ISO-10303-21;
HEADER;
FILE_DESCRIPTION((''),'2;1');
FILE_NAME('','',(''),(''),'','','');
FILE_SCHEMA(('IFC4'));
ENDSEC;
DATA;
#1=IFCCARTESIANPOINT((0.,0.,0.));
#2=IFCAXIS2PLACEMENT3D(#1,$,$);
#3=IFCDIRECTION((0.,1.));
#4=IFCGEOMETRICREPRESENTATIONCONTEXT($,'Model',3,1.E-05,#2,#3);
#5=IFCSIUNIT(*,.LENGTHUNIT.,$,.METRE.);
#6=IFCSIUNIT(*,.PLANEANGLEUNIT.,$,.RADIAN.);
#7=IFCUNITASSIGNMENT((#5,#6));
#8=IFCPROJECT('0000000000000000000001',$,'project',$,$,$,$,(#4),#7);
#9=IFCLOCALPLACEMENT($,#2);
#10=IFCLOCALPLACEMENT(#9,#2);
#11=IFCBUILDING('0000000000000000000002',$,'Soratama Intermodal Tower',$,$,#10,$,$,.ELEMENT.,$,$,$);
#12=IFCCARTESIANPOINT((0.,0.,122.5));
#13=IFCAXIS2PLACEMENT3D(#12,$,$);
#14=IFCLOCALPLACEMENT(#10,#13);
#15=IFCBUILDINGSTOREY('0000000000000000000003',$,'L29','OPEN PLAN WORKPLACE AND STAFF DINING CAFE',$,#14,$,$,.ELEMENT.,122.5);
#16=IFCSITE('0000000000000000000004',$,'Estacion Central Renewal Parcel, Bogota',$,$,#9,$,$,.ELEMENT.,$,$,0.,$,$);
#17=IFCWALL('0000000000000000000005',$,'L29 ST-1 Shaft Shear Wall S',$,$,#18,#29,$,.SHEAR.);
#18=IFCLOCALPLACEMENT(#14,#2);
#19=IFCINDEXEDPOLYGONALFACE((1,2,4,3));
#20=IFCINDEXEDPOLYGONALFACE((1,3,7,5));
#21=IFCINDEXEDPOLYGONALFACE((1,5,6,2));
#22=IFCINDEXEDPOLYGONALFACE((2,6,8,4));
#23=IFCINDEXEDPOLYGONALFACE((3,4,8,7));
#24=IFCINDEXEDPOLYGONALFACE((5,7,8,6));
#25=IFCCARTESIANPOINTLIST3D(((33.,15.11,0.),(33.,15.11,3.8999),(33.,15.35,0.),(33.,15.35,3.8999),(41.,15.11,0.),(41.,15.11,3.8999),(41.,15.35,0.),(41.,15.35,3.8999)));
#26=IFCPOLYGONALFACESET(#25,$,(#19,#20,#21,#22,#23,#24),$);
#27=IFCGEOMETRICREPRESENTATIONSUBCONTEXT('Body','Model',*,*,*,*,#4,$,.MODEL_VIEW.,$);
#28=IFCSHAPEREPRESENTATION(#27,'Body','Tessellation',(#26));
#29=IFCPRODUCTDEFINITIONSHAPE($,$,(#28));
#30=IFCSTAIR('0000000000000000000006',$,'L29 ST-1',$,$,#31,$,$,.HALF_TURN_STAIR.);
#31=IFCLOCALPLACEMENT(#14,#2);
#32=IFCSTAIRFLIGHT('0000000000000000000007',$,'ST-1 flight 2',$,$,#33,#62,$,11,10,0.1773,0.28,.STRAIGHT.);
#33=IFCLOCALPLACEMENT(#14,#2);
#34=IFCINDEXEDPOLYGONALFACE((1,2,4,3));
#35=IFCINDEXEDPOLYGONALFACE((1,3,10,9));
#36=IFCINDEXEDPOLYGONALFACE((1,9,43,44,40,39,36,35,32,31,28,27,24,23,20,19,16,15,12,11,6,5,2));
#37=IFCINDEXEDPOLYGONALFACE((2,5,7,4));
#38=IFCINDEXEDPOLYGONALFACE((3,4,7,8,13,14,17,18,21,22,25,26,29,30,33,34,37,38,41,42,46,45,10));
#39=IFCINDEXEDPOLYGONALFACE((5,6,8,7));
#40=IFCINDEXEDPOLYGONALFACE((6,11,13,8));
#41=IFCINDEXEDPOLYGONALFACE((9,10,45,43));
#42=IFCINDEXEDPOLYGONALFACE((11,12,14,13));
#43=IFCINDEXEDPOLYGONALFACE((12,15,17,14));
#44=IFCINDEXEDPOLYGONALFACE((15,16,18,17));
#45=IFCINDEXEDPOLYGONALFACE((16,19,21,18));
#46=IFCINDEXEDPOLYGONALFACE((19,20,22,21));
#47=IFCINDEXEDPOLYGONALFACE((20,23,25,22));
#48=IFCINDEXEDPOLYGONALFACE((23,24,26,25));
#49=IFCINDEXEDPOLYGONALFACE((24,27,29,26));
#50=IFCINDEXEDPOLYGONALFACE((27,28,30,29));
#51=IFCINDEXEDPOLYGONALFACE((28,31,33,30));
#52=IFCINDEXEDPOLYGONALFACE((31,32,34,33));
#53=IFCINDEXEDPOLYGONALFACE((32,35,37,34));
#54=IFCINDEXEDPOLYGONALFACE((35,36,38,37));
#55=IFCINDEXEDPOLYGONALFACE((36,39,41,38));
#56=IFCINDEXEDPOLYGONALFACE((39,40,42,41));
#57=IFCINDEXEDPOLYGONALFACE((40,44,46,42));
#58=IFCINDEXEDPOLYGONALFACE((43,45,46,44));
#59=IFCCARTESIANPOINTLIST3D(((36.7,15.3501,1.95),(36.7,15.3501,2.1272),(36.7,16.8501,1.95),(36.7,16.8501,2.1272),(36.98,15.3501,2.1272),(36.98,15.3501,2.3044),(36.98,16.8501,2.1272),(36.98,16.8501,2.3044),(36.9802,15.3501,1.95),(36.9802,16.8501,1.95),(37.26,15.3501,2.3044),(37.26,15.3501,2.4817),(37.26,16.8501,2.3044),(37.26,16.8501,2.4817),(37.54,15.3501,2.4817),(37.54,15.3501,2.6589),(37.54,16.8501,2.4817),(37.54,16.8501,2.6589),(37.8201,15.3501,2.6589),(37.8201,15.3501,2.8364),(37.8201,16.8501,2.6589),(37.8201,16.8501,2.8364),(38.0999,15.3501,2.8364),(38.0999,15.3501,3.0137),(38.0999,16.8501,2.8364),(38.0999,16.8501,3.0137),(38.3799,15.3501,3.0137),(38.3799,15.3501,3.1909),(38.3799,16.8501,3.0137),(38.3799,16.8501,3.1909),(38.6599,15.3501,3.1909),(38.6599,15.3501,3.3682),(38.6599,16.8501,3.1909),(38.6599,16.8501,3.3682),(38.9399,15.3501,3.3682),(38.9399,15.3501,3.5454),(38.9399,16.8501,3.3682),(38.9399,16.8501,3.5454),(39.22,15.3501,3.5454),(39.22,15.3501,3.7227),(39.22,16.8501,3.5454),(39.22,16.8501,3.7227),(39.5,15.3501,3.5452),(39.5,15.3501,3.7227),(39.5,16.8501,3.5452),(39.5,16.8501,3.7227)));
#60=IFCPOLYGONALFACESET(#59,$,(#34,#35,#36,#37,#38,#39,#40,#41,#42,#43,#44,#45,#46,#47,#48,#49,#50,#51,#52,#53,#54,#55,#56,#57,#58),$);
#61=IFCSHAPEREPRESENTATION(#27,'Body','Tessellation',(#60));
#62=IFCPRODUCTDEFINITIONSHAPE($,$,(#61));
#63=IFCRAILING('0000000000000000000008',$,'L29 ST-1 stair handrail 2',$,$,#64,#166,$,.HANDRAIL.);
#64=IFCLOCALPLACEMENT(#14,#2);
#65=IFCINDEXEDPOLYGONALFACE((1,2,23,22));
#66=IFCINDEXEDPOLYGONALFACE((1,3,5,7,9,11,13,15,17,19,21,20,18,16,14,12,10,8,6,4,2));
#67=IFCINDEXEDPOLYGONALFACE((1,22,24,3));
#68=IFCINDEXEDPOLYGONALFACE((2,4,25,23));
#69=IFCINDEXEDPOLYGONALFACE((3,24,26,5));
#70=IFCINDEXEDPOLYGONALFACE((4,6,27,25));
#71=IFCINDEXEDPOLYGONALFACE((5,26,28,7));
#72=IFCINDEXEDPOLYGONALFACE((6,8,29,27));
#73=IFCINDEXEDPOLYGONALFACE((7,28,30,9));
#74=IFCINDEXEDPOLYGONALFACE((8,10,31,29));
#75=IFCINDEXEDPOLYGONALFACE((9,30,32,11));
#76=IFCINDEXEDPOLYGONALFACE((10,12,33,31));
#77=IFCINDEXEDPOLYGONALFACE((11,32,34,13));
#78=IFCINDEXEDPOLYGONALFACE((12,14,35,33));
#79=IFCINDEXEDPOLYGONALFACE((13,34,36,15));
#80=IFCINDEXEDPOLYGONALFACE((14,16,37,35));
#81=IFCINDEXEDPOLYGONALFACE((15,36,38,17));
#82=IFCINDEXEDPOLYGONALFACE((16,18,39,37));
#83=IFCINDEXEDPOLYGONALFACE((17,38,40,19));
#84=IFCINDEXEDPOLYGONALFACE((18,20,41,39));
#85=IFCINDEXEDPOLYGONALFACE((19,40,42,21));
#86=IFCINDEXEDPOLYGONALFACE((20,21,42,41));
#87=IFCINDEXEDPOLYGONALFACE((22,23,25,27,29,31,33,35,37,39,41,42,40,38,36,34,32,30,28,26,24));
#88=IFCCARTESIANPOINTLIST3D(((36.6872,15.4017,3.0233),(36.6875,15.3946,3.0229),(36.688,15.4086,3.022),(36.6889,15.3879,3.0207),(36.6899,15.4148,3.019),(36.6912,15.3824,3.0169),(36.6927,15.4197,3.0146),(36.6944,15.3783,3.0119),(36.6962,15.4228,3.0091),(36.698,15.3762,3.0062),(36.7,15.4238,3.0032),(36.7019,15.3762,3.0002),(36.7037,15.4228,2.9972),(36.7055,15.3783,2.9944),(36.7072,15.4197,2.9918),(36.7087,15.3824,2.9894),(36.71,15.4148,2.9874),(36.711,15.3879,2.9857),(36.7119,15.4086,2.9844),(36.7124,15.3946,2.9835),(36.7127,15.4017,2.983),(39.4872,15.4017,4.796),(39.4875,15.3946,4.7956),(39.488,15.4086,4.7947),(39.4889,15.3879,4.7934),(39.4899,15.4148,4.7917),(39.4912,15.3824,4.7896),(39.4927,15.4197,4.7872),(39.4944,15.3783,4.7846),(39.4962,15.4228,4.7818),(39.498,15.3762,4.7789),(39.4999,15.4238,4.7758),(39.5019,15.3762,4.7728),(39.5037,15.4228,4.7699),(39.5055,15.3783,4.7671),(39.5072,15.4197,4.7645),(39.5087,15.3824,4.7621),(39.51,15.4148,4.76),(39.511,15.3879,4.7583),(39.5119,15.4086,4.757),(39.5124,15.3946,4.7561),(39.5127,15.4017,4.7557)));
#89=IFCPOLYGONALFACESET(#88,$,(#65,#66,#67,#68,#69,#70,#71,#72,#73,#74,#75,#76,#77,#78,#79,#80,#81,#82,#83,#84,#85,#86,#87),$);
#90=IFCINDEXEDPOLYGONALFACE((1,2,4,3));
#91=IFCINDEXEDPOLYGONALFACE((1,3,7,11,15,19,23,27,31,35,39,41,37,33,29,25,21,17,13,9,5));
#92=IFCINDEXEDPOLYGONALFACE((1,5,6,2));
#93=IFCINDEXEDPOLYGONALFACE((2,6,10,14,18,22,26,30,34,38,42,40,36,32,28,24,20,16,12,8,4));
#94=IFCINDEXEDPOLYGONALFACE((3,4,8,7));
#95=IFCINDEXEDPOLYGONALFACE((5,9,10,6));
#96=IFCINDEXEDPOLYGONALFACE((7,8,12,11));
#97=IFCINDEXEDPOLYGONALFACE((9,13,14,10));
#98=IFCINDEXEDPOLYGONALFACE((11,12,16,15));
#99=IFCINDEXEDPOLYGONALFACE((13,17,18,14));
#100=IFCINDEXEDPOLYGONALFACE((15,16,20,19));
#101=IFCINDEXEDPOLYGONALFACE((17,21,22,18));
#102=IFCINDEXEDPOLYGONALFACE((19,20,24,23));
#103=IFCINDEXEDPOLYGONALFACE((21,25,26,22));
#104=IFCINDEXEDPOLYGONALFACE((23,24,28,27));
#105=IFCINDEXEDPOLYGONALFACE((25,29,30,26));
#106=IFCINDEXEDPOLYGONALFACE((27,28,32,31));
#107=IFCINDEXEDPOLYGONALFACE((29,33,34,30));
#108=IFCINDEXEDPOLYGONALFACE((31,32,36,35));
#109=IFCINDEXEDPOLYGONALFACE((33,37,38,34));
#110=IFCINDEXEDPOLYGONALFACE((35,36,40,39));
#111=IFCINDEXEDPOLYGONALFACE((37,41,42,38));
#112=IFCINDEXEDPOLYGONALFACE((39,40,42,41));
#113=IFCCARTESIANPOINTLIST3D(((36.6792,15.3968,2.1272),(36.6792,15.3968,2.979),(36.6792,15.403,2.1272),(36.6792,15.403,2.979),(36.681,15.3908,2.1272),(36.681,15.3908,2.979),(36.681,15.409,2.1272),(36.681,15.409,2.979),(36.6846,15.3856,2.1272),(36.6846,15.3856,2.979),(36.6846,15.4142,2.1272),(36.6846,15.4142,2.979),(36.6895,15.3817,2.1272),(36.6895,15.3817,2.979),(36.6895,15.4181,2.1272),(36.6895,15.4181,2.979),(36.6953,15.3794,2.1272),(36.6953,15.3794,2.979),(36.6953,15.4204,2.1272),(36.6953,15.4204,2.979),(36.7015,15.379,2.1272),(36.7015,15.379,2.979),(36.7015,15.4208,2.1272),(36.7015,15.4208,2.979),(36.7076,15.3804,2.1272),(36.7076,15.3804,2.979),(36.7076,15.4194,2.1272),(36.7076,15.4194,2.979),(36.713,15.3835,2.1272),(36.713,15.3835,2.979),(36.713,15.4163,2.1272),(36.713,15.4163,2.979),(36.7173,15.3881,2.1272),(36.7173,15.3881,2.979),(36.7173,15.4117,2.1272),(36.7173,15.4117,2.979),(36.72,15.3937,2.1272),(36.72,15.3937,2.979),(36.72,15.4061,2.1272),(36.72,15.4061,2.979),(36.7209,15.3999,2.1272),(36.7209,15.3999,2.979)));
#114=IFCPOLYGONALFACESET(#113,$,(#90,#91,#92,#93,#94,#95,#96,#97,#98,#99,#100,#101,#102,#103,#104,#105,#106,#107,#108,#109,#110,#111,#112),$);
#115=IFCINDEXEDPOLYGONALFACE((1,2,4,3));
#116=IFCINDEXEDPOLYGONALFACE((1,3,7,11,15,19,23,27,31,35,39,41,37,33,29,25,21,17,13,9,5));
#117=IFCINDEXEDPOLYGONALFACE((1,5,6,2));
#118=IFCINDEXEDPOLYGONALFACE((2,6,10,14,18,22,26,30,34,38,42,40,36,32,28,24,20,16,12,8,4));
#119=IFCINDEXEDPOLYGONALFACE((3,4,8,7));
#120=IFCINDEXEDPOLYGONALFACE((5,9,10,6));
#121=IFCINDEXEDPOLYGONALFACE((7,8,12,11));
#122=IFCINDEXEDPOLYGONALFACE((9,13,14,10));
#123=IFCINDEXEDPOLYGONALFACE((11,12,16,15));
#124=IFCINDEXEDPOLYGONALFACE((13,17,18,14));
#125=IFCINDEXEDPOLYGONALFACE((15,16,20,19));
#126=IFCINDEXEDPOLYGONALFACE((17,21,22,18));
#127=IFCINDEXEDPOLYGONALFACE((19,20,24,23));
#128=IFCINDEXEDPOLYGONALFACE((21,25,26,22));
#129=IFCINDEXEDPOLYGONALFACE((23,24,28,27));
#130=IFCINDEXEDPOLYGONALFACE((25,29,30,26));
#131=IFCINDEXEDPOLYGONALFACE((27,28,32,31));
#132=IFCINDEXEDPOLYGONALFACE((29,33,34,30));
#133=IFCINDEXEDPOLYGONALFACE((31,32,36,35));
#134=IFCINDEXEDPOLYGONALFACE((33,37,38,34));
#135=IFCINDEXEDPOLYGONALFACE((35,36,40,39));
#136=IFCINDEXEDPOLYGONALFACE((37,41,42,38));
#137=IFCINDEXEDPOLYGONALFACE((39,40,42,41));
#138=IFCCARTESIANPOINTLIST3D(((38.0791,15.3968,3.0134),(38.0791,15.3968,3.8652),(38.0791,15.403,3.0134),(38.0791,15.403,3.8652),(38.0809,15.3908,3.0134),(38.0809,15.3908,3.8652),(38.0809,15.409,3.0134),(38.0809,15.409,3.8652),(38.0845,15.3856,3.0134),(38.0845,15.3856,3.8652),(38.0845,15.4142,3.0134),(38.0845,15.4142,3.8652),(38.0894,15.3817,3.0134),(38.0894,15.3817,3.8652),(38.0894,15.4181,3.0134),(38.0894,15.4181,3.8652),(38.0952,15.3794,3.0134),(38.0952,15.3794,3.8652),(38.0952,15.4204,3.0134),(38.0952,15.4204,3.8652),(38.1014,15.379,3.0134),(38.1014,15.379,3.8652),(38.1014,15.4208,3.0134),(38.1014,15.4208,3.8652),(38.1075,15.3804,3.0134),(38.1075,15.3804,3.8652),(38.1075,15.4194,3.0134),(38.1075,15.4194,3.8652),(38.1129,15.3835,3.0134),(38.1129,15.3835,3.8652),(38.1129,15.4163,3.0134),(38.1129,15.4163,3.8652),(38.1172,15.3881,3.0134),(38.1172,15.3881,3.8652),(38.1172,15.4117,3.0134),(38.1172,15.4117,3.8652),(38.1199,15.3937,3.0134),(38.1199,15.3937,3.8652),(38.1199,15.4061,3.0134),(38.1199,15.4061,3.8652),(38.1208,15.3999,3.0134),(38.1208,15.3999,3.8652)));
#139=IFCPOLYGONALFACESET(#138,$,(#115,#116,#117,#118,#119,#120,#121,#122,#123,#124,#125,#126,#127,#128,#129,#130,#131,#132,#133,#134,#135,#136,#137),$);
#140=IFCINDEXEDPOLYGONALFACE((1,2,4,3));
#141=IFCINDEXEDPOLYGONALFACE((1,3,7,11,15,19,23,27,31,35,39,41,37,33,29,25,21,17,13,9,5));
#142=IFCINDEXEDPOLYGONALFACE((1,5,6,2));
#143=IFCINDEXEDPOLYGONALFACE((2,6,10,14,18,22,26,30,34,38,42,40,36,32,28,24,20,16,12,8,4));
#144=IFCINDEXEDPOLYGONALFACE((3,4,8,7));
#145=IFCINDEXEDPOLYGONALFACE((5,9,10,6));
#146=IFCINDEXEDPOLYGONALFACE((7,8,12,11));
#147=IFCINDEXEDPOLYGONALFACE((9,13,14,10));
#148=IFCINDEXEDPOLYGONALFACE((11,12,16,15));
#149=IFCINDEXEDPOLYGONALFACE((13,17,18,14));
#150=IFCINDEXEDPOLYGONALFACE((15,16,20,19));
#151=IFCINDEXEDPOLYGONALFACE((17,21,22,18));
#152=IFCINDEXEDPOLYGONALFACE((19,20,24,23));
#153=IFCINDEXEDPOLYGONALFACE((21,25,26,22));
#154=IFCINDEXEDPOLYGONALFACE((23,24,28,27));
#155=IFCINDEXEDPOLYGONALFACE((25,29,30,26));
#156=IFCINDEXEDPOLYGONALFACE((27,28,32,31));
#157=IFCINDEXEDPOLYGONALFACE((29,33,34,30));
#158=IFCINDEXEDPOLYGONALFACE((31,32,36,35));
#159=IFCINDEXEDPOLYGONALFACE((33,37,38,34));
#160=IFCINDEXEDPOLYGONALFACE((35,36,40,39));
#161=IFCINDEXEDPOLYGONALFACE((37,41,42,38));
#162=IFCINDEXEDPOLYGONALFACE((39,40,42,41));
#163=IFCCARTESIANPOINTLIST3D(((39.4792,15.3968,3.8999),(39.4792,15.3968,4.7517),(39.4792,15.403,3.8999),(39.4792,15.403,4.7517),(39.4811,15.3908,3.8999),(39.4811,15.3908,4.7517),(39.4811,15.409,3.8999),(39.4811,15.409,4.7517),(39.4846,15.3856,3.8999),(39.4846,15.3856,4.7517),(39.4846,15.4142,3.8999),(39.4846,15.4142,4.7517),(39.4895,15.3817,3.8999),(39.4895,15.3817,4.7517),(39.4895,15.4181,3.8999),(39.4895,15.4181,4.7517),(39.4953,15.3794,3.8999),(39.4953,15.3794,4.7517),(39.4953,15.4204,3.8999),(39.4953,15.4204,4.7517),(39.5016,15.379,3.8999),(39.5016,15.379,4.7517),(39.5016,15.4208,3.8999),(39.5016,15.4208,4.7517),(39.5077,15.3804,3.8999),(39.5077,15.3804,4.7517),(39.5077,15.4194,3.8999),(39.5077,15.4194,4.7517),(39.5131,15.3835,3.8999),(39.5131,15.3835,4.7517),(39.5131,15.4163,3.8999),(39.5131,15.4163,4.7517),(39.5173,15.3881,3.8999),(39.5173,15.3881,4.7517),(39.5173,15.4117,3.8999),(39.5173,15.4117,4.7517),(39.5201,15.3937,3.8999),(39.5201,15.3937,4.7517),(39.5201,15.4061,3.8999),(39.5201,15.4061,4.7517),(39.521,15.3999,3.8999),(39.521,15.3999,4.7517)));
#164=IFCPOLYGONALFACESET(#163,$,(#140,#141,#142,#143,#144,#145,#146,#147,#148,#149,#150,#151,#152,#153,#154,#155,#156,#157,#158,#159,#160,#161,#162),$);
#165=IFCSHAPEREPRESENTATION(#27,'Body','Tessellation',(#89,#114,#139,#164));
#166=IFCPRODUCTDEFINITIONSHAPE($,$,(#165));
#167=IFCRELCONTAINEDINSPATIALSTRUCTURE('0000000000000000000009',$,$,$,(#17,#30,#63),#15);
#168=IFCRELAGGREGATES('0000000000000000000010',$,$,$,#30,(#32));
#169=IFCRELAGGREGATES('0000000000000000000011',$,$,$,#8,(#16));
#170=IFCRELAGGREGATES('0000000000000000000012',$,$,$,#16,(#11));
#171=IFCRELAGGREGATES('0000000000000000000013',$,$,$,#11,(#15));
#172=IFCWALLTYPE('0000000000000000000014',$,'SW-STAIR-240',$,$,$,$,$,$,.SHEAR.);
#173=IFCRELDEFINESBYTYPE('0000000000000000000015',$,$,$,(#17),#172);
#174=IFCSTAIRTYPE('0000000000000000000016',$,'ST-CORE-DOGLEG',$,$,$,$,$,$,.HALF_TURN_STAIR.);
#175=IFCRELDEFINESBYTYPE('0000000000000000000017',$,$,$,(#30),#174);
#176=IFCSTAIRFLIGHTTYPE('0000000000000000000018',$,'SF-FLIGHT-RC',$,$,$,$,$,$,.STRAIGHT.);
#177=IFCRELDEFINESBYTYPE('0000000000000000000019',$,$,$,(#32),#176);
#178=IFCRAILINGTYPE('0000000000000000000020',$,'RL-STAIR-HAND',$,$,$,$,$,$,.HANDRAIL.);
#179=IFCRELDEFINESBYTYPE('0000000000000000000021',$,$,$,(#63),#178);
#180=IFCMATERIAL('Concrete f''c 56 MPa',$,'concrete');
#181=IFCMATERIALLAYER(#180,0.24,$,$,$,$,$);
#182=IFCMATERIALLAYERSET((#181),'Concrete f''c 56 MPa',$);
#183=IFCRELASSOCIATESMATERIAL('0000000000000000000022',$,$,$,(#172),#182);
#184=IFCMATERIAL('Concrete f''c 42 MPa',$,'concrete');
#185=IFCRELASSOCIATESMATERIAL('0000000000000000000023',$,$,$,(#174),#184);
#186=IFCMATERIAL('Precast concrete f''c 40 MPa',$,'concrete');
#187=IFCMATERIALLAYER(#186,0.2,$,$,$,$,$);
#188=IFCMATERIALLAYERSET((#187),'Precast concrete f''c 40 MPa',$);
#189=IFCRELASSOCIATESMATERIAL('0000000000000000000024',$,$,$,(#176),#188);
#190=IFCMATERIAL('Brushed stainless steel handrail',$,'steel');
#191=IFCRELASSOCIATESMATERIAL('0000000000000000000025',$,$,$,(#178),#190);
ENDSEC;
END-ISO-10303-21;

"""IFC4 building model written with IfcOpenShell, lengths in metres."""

from ifc_helpers import new_model, si_unit, direction, frame, frame_2d, origin, origin_2d, place, context, subcontext, project, spatial, polyline, rectangle, circle, outline, extrude, material, layer, layer_set, type_object, element, aggregate, save


model = new_model("IFC4")

# Units and contexts
model_context = context("Model", 3, precision=1e-05, world=origin(), true_north=direction((0.0, 1.0)))
body_context = subcontext(model_context, "Body", "Model", "MODEL_VIEW")
ifc_project = project(units=[si_unit("LENGTHUNIT", "METRE"), si_unit("PLANEANGLEUNIT", "RADIAN")], contexts=[model_context])

# Site, building, storey
site_placement = place(None, origin())
site = spatial("IfcSite", under=ifc_project, at=site_placement, Name="Estacion Central Renewal Parcel, Bogota", CompositionType="ELEMENT", RefElevation=0.0)
building_placement = place(site_placement, origin())
building = spatial("IfcBuilding", under=site, at=building_placement, Name="Soratama Intermodal Tower", CompositionType="ELEMENT")
storey_placement = place(building_placement, frame((0.0, 0.0, 122.5)))
storey = spatial("IfcBuildingStorey", under=building, at=storey_placement, Name="L29", Description="OPEN PLAN WORKPLACE AND STAFF DINING CAFE", CompositionType="ELEMENT", Elevation=122.5)

# Wall
ifc_material_1 = material(Name="Concrete f'c 56 MPa", Category="concrete")
ifc_layer_1 = layer(ifc_material_1, 0.24)
ifc_layer_set_1 = layer_set([ifc_layer_1], Name="Concrete f'c 56 MPa")
wall_type_1 = type_object("IfcWallType", Name="SW-STAIR-240", PredefinedType="SHEAR", material=ifc_layer_set_1)
wall_1_placement = place(storey_placement, frame((33.0, 15.23, 0.0), z_axis=(0.0, 0.0, 1.0), x_axis=(1.0, 0.0, 0.0)))
element("IfcWall", 1, at=wall_1_placement, inside=storey, type_object=wall_type_1, Name="L29 ST-1 Shaft Shear Wall S", PredefinedType="SHEAR", context=body_context, shape_type="SweptSolid", body=[
    extrude(rectangle(XDim=8.0, YDim=0.24, at=frame_2d((4.0, 0.0))), origin(), (0.0, 0.0, 1.0), 3.8999),
])

# Stair, stair flight
ifc_material_2 = material(Name="Concrete f'c 42 MPa", Category="concrete")
stair_type = type_object("IfcStairType", Name="ST-CORE-DOGLEG", PredefinedType="HALF_TURN_STAIR", material=ifc_material_2)
stair_placement = place(storey_placement, origin())
stair = element("IfcStair", 2, at=stair_placement, inside=storey, type_object=stair_type, Name="L29 ST-1", PredefinedType="HALF_TURN_STAIR")
ifc_material_3 = material(Name="Precast concrete f'c 40 MPa", Category="concrete")
ifc_layer_2 = layer(ifc_material_3, 0.2)
ifc_layer_set_2 = layer_set([ifc_layer_2], Name="Precast concrete f'c 40 MPa")
stair_flight_type = type_object("IfcStairFlightType", Name="SF-FLIGHT-RC", PredefinedType="STRAIGHT", material=ifc_layer_set_2)
stair_flight_placement = place(storey_placement, frame((36.7, 16.1001, 1.95), z_axis=(0.0, 0.0, 1.0), x_axis=(1.0, 0.0, 0.0)))
stair_flight = element("IfcStairFlight", 3, at=stair_flight_placement, type_object=stair_flight_type, Name="ST-1 flight 2", NumberOfRisers=11, NumberOfTreads=10, PredefinedType="STRAIGHT", RiserHeight=0.1773, TreadLength=0.28, context=body_context, shape_type="SweptSolid", body=[
    extrude(outline(polyline([(0.0, 0.0), (0.0, 0.1772), (0.28, 0.1772), (0.28, 0.3545), (0.5601, 0.3545), (0.5601, 0.5317), (0.8401, 0.5317), (0.8401, 0.709), (1.1201, 0.709), (1.1201, 0.8865), (1.3999, 0.8865), (1.3999, 1.0637), (1.6799, 1.0637), (1.6799, 1.241), (1.96, 1.241), (1.96, 1.4182), (2.24, 1.4182), (2.24, 1.5955), (2.52, 1.5955), (2.52, 1.7727), (2.8, 1.7727), (2.8, 1.95), (2.8, 1.5952), (0.2803, 0.0), (0.0, 0.0)])), frame((0.0, 0.75, 0.0), z_axis=(0.0, -1.0, 0.0), x_axis=(1.0, 0.0, 0.0)), (0.0, 0.0, 1.0), 1.5),
])
aggregate(stair, [stair_flight])

# Railing
ifc_material_4 = material(Name="Brushed stainless steel handrail", Category="steel")
railing_type = type_object("IfcRailingType", Name="RL-STAIR-HAND", PredefinedType="HANDRAIL", material=ifc_material_4)
railing_placement = place(storey_placement, frame((36.7, 15.3999, 2.1272)))
element("IfcRailing", 4, at=railing_placement, inside=storey, type_object=railing_type, Name="L29 ST-1 stair handrail 2", PredefinedType="HANDRAIL", context=body_context, shape_type="SweptSolid", body=[
    extrude(circle(Radius=0.0239, at=origin_2d()), frame((0.0, 0.0, 0.876), z_axis=(0.844909, 0.0, 0.53491), x_axis=(0.0, 1.0, 0.0)), (0.0, 0.0, 1.0), 3.314),
    extrude(circle(Radius=0.021, at=origin_2d()), origin(), (0.0, 0.0, 1.0), 0.8518),
    extrude(circle(Radius=0.021, at=origin_2d()), frame((1.3999, 0.0, 0.8862)), (0.0, 0.0, 1.0), 0.8518),
    extrude(circle(Radius=0.021, at=origin_2d()), frame((2.8, 0.0, 1.7727)), (0.0, 0.0, 1.0), 0.8518),
])

save(model, "model.ifc")
